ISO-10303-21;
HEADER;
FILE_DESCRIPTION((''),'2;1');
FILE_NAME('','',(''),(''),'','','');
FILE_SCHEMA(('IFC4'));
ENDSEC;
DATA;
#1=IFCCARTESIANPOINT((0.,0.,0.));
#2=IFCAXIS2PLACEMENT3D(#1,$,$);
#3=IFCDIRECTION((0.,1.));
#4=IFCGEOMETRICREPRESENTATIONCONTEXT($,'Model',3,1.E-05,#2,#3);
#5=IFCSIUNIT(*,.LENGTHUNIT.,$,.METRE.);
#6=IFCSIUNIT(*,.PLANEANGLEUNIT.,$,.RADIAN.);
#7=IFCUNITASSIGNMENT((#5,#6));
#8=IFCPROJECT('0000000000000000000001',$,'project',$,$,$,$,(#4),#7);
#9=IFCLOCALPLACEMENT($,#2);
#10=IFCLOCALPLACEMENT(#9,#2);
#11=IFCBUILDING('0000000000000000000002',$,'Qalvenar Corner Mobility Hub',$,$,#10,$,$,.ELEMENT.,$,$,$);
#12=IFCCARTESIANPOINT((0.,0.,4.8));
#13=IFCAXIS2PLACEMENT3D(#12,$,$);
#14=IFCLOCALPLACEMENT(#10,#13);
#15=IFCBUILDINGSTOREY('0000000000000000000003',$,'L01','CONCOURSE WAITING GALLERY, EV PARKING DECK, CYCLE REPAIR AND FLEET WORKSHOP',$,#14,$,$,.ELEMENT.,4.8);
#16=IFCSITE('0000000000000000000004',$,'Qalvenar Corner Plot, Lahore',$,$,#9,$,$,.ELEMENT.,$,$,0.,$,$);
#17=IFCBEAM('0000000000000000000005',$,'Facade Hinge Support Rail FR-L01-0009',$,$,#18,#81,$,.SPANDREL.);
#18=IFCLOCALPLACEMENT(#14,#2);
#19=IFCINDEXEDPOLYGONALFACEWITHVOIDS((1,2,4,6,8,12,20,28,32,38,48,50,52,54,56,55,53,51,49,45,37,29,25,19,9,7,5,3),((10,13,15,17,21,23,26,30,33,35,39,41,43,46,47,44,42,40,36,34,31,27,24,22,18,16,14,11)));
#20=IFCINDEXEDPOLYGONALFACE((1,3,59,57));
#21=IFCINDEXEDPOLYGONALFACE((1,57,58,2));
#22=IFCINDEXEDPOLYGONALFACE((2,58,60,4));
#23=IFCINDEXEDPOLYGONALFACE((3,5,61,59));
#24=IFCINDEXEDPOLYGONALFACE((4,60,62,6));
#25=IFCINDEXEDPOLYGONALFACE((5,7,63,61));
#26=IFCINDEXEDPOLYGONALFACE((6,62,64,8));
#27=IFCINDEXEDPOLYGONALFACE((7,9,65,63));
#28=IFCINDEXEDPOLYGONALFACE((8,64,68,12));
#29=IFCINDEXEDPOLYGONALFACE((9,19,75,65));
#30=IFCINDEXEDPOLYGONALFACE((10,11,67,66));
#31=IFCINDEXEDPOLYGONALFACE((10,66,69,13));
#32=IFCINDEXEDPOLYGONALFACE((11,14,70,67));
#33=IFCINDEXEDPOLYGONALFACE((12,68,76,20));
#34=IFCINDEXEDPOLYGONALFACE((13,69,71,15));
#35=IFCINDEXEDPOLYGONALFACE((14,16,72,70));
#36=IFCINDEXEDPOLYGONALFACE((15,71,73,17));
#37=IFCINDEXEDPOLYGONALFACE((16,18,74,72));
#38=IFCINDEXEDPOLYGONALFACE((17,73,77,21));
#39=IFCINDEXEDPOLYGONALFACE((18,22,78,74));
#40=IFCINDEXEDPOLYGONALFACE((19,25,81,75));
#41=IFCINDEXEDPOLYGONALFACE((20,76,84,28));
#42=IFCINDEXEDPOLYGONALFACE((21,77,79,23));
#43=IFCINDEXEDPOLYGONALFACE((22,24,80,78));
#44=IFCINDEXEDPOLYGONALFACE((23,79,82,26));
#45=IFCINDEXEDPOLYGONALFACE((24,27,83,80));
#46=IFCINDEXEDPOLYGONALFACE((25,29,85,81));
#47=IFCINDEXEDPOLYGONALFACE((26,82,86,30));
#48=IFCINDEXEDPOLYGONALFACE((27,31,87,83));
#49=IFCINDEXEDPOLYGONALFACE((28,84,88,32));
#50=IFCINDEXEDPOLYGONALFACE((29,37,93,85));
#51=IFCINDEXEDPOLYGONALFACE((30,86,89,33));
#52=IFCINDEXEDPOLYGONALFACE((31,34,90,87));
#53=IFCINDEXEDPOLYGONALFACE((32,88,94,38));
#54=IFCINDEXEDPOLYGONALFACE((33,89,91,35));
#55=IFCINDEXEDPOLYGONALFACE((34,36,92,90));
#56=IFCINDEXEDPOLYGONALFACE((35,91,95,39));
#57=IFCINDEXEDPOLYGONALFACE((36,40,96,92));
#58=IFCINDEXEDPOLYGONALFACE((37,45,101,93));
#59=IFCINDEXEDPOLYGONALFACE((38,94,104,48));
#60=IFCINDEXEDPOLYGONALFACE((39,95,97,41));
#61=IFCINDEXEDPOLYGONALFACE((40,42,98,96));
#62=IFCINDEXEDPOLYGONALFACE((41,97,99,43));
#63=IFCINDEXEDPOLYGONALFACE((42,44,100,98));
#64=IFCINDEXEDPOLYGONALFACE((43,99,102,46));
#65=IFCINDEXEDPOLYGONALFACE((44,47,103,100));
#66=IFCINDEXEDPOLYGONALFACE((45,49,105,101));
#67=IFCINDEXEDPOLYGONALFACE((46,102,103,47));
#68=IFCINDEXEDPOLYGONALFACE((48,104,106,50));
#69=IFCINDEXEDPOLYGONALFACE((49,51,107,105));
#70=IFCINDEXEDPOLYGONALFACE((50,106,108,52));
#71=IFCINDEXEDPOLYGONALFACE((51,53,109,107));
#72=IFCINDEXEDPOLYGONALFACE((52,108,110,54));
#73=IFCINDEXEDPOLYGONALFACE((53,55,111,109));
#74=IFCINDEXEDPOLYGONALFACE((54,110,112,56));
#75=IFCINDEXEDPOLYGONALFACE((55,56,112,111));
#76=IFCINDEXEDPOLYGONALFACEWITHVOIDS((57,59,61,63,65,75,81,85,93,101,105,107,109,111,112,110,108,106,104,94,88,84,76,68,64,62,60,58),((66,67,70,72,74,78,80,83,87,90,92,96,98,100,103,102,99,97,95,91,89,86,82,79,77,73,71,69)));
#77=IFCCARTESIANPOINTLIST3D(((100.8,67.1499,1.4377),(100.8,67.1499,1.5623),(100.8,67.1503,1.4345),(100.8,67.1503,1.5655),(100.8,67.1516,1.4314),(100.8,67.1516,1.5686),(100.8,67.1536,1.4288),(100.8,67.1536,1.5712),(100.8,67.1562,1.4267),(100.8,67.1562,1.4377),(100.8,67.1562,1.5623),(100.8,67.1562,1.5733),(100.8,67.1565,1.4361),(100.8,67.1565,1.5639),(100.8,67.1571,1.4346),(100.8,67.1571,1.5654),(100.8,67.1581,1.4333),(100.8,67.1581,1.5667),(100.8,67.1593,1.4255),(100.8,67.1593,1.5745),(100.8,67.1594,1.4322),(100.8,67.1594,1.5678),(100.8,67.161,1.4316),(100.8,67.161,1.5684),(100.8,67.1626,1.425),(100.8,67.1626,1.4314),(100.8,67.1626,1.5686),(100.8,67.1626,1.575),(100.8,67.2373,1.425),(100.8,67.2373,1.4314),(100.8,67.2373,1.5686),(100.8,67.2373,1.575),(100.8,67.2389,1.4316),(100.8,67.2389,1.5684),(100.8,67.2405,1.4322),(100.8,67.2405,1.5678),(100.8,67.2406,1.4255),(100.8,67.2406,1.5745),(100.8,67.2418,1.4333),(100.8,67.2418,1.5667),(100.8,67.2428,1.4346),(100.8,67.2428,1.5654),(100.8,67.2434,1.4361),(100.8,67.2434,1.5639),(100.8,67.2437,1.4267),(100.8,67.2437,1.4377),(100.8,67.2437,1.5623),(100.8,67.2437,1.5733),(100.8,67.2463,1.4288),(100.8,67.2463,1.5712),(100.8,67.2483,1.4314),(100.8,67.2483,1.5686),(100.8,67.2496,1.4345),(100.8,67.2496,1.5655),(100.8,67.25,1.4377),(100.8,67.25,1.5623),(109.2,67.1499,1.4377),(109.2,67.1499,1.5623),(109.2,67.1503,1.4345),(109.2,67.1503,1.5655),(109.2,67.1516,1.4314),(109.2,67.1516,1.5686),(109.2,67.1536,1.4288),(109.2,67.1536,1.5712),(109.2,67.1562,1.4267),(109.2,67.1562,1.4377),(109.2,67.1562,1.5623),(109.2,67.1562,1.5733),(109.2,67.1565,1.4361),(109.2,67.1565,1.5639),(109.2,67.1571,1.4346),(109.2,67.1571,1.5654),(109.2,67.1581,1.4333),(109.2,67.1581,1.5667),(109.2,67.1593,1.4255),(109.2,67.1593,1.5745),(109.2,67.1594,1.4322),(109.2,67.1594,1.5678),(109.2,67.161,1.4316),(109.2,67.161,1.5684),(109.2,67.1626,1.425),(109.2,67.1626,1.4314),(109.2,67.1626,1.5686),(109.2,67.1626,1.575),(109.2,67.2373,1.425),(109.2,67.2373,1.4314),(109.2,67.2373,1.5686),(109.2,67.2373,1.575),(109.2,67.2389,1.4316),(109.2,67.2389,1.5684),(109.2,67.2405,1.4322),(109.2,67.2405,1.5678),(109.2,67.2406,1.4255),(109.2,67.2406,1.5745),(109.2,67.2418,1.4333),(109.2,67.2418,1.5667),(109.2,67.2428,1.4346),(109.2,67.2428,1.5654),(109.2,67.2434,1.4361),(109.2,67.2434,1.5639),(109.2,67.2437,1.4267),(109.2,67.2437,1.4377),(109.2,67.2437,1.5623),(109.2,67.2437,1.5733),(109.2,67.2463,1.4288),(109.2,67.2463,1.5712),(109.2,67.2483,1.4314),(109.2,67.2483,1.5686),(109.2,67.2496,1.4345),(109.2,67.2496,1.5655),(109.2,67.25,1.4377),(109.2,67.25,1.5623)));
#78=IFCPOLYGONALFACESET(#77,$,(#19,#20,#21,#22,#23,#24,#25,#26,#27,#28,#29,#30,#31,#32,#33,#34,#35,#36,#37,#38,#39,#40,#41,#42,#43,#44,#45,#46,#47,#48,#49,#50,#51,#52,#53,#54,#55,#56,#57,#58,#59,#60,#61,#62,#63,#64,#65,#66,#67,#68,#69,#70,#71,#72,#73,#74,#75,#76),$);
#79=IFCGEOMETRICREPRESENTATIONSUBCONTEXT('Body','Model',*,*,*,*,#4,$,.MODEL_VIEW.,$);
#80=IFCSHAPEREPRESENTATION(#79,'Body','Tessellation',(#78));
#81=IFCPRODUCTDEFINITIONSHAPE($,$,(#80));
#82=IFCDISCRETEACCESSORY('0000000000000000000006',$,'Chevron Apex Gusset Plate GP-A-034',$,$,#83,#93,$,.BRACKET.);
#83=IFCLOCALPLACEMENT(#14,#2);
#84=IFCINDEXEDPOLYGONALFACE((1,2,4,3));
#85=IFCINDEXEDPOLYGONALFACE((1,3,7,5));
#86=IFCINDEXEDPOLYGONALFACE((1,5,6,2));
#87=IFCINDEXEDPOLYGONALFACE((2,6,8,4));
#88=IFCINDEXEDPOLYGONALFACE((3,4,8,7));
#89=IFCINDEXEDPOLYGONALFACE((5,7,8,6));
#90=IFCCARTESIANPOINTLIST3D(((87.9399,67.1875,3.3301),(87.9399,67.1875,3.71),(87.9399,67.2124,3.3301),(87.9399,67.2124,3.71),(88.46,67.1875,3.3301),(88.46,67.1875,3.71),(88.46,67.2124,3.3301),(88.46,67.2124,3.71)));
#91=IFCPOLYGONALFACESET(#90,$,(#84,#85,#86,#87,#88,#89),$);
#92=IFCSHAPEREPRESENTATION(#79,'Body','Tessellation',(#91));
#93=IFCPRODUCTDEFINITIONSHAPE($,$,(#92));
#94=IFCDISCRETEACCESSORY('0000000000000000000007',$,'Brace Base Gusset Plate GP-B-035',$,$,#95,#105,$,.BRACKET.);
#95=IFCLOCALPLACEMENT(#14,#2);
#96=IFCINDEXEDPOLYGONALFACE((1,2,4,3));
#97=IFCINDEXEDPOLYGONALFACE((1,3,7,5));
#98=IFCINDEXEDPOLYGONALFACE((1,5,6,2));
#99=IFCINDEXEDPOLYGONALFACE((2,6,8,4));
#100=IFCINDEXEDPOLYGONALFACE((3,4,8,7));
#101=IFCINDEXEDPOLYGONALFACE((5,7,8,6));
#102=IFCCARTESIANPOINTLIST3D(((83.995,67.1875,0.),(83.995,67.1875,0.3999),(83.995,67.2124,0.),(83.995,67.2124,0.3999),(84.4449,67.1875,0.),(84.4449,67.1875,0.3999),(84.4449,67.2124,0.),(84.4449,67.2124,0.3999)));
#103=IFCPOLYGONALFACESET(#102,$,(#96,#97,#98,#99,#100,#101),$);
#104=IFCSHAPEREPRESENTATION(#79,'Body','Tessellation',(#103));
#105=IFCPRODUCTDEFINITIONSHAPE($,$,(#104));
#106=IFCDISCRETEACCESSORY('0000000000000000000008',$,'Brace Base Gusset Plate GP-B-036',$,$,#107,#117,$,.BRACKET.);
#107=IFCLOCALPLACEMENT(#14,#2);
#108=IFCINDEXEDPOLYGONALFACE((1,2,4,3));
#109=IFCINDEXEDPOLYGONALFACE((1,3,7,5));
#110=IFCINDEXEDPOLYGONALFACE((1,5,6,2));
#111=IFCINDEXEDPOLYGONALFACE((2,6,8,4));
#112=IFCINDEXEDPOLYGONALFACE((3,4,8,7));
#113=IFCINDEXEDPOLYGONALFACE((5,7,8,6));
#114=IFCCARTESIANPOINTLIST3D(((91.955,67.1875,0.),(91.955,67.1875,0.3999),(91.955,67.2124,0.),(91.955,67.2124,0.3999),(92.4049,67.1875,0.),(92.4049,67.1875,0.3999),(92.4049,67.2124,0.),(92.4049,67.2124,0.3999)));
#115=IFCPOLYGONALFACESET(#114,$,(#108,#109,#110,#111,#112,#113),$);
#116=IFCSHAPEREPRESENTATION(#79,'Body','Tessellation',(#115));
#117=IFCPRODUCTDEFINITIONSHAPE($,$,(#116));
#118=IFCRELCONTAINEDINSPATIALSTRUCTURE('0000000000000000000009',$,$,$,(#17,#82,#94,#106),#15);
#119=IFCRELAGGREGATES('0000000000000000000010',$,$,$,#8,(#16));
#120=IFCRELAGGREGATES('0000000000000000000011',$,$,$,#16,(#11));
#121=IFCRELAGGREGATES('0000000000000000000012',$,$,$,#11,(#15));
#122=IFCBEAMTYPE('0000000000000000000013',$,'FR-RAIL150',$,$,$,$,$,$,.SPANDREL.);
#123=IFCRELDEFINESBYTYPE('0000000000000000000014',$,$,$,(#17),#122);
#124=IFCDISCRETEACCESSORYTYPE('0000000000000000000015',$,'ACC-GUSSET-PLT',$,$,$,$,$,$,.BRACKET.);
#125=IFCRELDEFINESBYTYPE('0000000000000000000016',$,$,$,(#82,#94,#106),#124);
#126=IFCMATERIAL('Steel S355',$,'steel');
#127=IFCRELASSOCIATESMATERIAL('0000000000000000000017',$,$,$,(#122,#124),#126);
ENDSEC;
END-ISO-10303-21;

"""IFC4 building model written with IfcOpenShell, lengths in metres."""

from ifc_helpers import new_model, si_unit, direction, frame, origin, origin_2d, place, context, subcontext, project, spatial, rectangle, hollow_rectangle, extrude, material, material_profile, profile_set, type_object, element, save


model = new_model("IFC4")

# Units and contexts
model_context = context("Model", 3, precision=1e-05, world=origin(), true_north=direction((0.0, 1.0)))
body_context = subcontext(model_context, "Body", "Model", "MODEL_VIEW")
ifc_project = project(units=[si_unit("LENGTHUNIT", "METRE"), si_unit("PLANEANGLEUNIT", "RADIAN")], contexts=[model_context])

# Site, building, storey
site_placement = place(None, origin())
site = spatial("IfcSite", under=ifc_project, at=site_placement, Name="Qalvenar Corner Plot, Lahore", CompositionType="ELEMENT", RefElevation=0.0)
building_placement = place(site_placement, origin())
building = spatial("IfcBuilding", under=site, at=building_placement, Name="Qalvenar Corner Mobility Hub", CompositionType="ELEMENT")
storey_placement = place(building_placement, frame((0.0, 0.0, 4.8)))
storey = spatial("IfcBuildingStorey", under=building, at=storey_placement, Name="L01", Description="CONCOURSE WAITING GALLERY, EV PARKING DECK, CYCLE REPAIR AND FLEET WORKSHOP", CompositionType="ELEMENT", Elevation=4.8)

# Shared definitions
ifc_material = material(Name="Steel S355", Category="steel")

# Beam
ifc_material_profile_1 = material_profile(ifc_material, hollow_rectangle(XDim=0.1001, YDim=0.1499, WallThickness=0.0063, InnerFilletRadius=0.0063, OuterFilletRadius=0.0127, at=origin_2d()), Name="RHS150x100x6.3")
ifc_profile_set_1 = profile_set([ifc_material_profile_1], Name="Steel S355")
beam_type_1 = type_object("IfcBeamType", Name="FR-RAIL150", PredefinedType="SPANDREL", material=ifc_profile_set_1)
beam_1_placement = place(storey_placement, frame((100.8, 67.2, 1.5), z_axis=(1.0, 0.0, 0.0), x_axis=(0.0, 1.0, 0.0)))
element("IfcBeam", 1, at=beam_1_placement, inside=storey, type_object=beam_type_1, Name="Facade Hinge Support Rail FR-L01-0009", PredefinedType="SPANDREL", context=body_context, shape_type="SweptSolid", body=[
    extrude(hollow_rectangle(XDim=0.1001, YDim=0.1499, WallThickness=0.0063, InnerFilletRadius=0.0063, OuterFilletRadius=0.0127, at=origin_2d()), origin(), (0.0, 0.0, 1.0), 8.3999),
])

# Discrete accessories
discrete_accessory_type = type_object("IfcDiscreteAccessoryType", Name="ACC-GUSSET-PLT", PredefinedType="BRACKET", material=ifc_material)
discrete_accessory_placement = place(storey_placement, frame((88.2, 67.2, 3.3301), z_axis=(0.0, 0.0, 1.0), x_axis=(1.0, 0.0, 0.0)))
element("IfcDiscreteAccessory", 2, at=discrete_accessory_placement, inside=storey, type_object=discrete_accessory_type, Name="Chevron Apex Gusset Plate GP-A-034", PredefinedType="BRACKET", context=body_context, shape_type="SweptSolid", body=[
    extrude(rectangle(XDim=0.52, YDim=0.0249, at=origin_2d()), origin(), (0.0, 0.0, 1.0), 0.3799),
])
for number, where, z_axis, x_axis, name in (
    (3, (84.22, 67.2, 0.0), (0.0, 0.0, 1.0), (1.0, 0.0, 0.0), "Brace Base Gusset Plate GP-B-035"),
    (4, (92.1799, 67.2, 0.0), (0.0, 0.0, 1.0), (1.0, 0.0, 0.0), "Brace Base Gusset Plate GP-B-036"),
):
    element("IfcDiscreteAccessory", number, at=place(storey_placement, frame(where, z_axis=z_axis, x_axis=x_axis)), inside=storey, type_object=discrete_accessory_type, Name=name, PredefinedType="BRACKET", context=body_context, shape_type="SweptSolid", body=[
        extrude(rectangle(XDim=0.45, YDim=0.0249, at=origin_2d()), origin(), (0.0, 0.0, 1.0), 0.3999),
    ])

save(model, "model.ifc")
